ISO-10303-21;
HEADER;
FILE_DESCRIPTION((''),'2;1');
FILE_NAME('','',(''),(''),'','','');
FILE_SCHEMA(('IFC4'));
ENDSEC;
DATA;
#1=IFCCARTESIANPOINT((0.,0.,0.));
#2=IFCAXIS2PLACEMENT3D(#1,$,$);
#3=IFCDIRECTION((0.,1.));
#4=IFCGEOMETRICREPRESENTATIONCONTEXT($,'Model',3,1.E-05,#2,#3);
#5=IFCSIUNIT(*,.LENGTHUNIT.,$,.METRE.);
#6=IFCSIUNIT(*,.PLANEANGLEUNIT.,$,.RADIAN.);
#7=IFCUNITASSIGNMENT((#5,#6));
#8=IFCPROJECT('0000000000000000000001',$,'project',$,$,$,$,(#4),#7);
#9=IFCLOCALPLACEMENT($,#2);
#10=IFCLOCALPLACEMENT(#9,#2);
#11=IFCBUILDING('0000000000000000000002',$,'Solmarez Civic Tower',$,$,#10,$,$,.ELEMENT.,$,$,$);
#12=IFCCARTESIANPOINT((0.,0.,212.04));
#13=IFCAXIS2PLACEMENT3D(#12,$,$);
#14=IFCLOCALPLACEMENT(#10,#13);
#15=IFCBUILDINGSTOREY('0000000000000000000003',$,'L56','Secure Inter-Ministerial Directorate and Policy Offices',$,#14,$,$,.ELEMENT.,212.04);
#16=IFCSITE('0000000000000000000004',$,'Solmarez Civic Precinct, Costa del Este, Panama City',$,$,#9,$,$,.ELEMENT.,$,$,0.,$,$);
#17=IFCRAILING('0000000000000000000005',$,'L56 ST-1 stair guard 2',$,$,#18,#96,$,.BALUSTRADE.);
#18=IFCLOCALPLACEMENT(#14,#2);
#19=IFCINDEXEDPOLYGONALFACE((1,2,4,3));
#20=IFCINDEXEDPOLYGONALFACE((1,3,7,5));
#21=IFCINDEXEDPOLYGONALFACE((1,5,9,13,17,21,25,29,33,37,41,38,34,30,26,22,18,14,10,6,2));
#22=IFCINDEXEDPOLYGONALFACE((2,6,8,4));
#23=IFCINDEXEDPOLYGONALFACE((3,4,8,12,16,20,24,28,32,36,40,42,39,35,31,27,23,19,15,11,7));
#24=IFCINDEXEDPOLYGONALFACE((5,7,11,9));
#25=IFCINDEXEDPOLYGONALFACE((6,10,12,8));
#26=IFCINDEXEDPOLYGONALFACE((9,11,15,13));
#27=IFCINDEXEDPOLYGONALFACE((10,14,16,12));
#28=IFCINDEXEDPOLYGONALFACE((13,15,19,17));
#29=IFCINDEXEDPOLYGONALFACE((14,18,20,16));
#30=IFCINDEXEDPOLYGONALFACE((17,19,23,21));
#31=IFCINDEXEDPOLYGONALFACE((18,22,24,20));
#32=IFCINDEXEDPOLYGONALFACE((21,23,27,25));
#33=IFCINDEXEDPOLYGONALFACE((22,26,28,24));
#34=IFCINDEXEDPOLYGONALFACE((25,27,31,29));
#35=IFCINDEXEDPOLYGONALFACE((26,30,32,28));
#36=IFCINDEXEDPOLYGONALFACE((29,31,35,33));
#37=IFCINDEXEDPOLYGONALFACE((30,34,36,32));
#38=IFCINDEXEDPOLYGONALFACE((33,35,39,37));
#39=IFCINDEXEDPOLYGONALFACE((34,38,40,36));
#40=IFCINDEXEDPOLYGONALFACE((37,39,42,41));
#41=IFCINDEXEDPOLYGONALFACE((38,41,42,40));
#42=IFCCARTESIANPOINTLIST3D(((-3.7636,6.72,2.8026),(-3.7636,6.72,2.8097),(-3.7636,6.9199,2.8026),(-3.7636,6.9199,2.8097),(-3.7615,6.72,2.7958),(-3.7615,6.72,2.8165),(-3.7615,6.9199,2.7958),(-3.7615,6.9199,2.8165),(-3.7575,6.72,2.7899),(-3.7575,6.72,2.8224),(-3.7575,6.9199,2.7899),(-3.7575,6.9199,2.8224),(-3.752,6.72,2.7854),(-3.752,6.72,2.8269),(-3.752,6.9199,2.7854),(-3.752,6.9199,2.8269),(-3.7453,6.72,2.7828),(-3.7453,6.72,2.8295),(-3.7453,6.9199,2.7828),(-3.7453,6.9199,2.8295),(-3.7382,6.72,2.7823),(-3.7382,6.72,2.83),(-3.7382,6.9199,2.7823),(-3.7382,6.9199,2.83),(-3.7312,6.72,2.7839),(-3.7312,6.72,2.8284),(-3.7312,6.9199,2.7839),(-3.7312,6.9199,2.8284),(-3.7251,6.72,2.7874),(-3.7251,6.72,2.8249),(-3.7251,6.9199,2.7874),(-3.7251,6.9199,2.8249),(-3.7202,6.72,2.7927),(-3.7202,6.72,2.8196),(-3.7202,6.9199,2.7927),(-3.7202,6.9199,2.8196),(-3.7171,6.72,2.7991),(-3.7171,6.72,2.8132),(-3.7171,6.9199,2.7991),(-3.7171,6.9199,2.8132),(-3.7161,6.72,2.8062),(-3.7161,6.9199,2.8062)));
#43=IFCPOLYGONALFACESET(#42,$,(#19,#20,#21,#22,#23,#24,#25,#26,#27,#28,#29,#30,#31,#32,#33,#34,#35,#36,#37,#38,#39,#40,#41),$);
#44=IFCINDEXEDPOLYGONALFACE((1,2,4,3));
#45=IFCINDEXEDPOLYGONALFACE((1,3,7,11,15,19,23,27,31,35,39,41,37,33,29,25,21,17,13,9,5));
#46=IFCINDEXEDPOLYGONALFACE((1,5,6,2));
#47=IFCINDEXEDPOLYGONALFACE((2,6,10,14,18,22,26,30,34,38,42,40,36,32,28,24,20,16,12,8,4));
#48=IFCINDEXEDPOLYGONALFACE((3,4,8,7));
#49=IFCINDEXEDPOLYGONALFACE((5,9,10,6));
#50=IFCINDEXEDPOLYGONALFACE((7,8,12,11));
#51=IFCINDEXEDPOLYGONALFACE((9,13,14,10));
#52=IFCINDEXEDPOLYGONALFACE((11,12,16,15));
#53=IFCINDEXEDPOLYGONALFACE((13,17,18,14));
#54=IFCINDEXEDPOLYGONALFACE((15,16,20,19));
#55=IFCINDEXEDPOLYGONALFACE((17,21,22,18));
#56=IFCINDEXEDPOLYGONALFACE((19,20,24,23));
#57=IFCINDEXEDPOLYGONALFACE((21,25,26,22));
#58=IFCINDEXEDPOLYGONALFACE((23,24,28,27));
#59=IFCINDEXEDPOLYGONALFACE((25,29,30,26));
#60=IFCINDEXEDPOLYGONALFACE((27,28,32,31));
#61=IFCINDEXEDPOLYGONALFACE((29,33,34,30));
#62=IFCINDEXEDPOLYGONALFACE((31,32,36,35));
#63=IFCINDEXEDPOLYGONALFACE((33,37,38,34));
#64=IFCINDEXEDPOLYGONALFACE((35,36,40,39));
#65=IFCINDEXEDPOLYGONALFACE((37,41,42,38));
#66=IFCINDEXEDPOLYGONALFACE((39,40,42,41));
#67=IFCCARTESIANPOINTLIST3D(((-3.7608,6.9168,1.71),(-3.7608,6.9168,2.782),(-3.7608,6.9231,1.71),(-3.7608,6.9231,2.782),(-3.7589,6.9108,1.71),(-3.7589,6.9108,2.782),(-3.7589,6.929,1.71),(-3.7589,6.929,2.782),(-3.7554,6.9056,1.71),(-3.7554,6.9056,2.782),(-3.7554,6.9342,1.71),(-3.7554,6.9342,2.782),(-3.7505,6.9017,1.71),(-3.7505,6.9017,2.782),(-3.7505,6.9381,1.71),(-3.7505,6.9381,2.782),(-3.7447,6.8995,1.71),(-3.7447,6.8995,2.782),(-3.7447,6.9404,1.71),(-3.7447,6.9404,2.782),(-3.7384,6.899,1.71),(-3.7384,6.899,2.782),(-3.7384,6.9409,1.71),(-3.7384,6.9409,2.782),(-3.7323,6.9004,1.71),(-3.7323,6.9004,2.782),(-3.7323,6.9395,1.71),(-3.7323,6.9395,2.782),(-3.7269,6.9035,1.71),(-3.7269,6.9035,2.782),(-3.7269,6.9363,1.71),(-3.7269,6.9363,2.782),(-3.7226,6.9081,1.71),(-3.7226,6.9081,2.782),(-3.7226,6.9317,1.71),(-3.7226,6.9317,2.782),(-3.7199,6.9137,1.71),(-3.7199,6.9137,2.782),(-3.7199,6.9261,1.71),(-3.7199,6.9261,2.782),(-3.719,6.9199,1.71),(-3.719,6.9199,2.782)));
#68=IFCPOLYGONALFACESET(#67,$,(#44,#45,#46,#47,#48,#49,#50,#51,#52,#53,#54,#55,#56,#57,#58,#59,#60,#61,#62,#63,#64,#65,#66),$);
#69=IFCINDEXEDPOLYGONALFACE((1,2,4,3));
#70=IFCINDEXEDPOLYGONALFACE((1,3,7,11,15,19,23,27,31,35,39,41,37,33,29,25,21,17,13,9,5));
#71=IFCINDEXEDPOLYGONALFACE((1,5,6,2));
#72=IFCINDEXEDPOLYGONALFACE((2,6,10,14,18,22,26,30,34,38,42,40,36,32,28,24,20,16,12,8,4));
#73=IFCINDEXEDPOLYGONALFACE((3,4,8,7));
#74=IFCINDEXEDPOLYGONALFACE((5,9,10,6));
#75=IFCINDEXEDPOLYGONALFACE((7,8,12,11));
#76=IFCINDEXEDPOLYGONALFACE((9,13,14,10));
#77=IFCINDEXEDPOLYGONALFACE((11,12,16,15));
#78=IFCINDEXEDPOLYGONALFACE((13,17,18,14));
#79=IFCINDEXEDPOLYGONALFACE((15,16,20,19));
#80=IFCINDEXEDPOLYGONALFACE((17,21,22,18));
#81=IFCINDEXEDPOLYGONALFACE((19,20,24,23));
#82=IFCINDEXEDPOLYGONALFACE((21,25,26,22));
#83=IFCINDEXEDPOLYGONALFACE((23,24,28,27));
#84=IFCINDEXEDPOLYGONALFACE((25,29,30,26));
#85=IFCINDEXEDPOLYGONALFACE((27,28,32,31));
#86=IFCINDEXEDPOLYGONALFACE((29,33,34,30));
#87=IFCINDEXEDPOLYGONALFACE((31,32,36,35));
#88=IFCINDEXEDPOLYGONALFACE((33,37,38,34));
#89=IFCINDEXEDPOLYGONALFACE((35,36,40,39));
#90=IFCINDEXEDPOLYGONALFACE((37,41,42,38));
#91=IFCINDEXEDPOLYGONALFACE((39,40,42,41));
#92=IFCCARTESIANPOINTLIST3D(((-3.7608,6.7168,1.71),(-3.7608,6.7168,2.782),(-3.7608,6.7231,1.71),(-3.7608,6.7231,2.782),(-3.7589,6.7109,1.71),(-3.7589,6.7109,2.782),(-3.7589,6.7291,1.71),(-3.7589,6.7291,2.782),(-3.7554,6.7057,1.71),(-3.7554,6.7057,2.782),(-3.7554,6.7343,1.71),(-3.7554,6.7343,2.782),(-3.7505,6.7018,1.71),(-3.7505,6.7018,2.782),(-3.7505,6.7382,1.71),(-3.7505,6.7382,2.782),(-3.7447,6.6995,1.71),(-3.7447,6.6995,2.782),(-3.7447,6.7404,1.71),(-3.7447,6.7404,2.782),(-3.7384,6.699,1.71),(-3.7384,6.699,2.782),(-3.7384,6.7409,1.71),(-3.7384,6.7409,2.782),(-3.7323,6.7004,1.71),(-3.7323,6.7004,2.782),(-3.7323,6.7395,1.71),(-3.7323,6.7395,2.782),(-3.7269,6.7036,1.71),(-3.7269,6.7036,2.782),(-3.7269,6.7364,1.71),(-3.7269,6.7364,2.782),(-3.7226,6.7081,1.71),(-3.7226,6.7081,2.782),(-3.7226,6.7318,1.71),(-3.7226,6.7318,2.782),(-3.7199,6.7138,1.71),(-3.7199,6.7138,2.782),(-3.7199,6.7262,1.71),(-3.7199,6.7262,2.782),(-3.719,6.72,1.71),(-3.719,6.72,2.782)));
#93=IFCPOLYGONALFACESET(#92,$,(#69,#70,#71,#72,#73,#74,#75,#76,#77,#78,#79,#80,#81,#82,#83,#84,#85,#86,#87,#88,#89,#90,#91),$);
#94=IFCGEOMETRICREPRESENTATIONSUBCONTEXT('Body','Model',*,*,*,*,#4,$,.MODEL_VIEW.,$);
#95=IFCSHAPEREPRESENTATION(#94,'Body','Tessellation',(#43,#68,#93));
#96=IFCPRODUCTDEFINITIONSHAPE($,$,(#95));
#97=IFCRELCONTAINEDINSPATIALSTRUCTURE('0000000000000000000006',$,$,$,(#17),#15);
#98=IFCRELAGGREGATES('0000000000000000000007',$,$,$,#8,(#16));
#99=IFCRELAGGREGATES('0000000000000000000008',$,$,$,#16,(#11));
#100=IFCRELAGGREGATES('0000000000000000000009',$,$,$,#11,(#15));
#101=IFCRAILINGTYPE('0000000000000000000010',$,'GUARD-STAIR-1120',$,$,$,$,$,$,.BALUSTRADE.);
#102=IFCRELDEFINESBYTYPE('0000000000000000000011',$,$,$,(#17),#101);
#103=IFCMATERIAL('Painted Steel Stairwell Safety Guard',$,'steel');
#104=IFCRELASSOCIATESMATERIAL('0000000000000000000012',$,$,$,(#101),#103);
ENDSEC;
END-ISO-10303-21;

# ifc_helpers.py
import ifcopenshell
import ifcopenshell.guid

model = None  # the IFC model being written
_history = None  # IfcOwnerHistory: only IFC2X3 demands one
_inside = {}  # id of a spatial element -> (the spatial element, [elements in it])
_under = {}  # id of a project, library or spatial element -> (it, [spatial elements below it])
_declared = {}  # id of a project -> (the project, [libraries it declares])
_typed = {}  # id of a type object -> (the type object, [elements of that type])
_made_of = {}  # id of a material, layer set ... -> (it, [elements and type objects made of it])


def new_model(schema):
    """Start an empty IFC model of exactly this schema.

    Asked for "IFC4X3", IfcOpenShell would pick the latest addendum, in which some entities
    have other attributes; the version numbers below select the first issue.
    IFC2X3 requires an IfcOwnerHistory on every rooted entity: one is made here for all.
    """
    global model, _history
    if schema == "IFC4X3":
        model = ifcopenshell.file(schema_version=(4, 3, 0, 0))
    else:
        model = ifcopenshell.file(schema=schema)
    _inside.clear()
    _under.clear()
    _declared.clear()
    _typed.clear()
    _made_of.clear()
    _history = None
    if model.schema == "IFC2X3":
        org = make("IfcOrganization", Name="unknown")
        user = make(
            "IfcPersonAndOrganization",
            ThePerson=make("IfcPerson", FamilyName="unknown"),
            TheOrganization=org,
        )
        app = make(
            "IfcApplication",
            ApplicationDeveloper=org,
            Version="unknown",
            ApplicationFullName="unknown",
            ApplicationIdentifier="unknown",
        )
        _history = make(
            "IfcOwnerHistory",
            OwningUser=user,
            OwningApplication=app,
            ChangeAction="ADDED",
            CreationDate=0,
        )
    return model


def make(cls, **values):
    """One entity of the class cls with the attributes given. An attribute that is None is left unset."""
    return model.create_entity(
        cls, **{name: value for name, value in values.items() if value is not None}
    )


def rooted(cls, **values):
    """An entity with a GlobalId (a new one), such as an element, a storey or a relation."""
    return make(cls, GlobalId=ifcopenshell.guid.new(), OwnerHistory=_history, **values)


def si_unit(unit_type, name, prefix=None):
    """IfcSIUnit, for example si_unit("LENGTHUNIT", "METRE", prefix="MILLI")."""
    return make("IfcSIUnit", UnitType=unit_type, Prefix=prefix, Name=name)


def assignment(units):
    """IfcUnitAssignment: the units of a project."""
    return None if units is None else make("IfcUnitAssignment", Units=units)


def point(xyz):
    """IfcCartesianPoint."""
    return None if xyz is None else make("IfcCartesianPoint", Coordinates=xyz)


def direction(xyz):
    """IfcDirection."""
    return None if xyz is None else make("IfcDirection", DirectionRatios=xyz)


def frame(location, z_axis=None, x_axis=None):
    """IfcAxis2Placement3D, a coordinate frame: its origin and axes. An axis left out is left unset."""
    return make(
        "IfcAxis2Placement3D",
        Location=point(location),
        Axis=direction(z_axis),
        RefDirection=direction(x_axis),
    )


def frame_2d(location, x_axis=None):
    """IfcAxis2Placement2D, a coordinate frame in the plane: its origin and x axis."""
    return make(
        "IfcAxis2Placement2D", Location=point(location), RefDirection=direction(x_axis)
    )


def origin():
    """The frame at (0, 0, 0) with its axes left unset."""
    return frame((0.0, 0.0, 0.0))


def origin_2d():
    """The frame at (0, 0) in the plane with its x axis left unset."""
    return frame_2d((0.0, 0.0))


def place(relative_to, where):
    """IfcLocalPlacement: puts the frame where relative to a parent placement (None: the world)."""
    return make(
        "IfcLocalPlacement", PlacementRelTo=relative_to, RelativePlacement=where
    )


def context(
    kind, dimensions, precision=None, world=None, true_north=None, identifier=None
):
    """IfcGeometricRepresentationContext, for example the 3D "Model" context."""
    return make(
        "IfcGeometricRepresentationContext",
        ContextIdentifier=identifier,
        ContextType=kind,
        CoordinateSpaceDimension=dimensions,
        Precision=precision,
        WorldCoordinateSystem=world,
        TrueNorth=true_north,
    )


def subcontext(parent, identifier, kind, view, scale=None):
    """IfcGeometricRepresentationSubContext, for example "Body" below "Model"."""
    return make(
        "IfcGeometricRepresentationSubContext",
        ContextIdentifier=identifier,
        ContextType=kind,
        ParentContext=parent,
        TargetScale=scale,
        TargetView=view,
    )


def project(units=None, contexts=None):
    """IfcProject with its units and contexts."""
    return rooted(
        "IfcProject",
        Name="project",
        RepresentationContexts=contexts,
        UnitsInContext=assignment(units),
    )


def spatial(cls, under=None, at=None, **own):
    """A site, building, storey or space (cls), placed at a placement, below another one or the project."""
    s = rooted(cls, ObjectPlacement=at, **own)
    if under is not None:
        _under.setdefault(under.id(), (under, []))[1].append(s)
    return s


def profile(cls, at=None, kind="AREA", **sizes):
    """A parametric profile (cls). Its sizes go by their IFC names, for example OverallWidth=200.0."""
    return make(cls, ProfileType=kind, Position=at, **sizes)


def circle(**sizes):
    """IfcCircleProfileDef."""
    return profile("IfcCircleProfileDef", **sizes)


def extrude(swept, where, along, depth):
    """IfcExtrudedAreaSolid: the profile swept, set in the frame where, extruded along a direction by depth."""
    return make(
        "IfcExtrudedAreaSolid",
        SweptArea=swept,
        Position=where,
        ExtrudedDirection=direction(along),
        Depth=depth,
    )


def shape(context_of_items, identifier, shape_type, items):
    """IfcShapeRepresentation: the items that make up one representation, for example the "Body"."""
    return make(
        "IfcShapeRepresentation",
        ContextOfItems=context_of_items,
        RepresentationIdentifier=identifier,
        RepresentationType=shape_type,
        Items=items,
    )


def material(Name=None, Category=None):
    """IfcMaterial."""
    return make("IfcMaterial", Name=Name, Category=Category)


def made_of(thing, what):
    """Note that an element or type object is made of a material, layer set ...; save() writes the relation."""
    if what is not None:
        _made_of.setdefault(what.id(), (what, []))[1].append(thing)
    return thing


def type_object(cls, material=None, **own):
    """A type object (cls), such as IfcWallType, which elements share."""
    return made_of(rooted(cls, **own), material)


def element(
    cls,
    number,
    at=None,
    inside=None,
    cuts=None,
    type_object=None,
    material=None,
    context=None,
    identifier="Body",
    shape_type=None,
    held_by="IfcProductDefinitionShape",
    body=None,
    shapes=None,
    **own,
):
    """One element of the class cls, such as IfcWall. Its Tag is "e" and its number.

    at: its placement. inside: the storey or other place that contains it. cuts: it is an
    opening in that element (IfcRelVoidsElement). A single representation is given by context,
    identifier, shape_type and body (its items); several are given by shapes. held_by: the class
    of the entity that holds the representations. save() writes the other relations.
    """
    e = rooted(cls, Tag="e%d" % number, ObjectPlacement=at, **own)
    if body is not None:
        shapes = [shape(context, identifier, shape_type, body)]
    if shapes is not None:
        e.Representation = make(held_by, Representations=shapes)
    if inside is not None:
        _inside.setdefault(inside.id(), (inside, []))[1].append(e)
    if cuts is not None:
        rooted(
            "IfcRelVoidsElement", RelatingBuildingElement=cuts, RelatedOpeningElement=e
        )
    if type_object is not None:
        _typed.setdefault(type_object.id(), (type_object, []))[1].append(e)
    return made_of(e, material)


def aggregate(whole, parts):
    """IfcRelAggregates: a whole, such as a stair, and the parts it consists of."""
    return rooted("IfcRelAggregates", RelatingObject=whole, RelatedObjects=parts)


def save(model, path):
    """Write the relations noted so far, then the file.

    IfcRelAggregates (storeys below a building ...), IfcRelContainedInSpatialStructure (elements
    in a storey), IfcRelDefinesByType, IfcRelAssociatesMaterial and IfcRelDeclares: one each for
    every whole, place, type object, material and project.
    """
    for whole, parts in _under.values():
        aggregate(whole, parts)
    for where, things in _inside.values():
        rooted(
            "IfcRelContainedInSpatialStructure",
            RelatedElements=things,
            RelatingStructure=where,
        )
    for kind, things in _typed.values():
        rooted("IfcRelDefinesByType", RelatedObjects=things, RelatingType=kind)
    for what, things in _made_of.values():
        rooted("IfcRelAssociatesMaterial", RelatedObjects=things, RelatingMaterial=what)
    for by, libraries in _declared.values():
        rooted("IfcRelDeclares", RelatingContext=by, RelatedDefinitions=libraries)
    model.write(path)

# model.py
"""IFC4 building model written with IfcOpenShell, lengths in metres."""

from ifc_helpers import new_model, si_unit, direction, frame, origin, origin_2d, place, context, subcontext, project, spatial, circle, extrude, material, type_object, element, save


model = new_model("IFC4")

# Units and contexts
model_context = context("Model", 3, precision=1e-05, world=origin(), true_north=direction((0.0, 1.0)))
body_context = subcontext(model_context, "Body", "Model", "MODEL_VIEW")
ifc_project = project(units=[si_unit("LENGTHUNIT", "METRE"), si_unit("PLANEANGLEUNIT", "RADIAN")], contexts=[model_context])

# Site, building, storey
site_placement = place(None, origin())
site = spatial("IfcSite", under=ifc_project, at=site_placement, Name="Solmarez Civic Precinct, Costa del Este, Panama City", CompositionType="ELEMENT", RefElevation=0.0)
building_placement = place(site_placement, origin())
building = spatial("IfcBuilding", under=site, at=building_placement, Name="Solmarez Civic Tower", CompositionType="ELEMENT")
storey_placement = place(building_placement, frame((0.0, 0.0, 212.04)))
storey = spatial("IfcBuildingStorey", under=building, at=storey_placement, Name="L56", Description="Secure Inter-Ministerial Directorate and Policy Offices", CompositionType="ELEMENT", Elevation=212.04)

# Railing
ifc_material_1 = material(Name="Painted Steel Stairwell Safety Guard", Category="steel")
railing_type_1 = type_object("IfcRailingType", Name="GUARD-STAIR-1120", PredefinedType="BALUSTRADE", material=ifc_material_1)
railing_1_placement = place(storey_placement, frame((-3.74, 6.9199, 1.71)))
element("IfcRailing", 1, at=railing_1_placement, inside=storey, type_object=railing_type_1, Name="L56 ST-1 stair guard 2", PredefinedType="BALUSTRADE", context=body_context, shape_type="SweptSolid", body=[
    extrude(circle(Radius=0.0239, at=origin_2d()), frame((0.0, 0.0, 1.0962), z_axis=(0.0, -1.0, 0.0), x_axis=(1.0, 0.0, 0.0)), (0.0, 0.0, 1.0), 0.2),
    extrude(circle(Radius=0.021, at=origin_2d()), origin(), (0.0, 0.0, 1.0), 1.072),
    extrude(circle(Radius=0.021, at=origin_2d()), frame((0.0, -0.2, 0.0)), (0.0, 0.0, 1.0), 1.072),
])

save(model, "model.ifc")
